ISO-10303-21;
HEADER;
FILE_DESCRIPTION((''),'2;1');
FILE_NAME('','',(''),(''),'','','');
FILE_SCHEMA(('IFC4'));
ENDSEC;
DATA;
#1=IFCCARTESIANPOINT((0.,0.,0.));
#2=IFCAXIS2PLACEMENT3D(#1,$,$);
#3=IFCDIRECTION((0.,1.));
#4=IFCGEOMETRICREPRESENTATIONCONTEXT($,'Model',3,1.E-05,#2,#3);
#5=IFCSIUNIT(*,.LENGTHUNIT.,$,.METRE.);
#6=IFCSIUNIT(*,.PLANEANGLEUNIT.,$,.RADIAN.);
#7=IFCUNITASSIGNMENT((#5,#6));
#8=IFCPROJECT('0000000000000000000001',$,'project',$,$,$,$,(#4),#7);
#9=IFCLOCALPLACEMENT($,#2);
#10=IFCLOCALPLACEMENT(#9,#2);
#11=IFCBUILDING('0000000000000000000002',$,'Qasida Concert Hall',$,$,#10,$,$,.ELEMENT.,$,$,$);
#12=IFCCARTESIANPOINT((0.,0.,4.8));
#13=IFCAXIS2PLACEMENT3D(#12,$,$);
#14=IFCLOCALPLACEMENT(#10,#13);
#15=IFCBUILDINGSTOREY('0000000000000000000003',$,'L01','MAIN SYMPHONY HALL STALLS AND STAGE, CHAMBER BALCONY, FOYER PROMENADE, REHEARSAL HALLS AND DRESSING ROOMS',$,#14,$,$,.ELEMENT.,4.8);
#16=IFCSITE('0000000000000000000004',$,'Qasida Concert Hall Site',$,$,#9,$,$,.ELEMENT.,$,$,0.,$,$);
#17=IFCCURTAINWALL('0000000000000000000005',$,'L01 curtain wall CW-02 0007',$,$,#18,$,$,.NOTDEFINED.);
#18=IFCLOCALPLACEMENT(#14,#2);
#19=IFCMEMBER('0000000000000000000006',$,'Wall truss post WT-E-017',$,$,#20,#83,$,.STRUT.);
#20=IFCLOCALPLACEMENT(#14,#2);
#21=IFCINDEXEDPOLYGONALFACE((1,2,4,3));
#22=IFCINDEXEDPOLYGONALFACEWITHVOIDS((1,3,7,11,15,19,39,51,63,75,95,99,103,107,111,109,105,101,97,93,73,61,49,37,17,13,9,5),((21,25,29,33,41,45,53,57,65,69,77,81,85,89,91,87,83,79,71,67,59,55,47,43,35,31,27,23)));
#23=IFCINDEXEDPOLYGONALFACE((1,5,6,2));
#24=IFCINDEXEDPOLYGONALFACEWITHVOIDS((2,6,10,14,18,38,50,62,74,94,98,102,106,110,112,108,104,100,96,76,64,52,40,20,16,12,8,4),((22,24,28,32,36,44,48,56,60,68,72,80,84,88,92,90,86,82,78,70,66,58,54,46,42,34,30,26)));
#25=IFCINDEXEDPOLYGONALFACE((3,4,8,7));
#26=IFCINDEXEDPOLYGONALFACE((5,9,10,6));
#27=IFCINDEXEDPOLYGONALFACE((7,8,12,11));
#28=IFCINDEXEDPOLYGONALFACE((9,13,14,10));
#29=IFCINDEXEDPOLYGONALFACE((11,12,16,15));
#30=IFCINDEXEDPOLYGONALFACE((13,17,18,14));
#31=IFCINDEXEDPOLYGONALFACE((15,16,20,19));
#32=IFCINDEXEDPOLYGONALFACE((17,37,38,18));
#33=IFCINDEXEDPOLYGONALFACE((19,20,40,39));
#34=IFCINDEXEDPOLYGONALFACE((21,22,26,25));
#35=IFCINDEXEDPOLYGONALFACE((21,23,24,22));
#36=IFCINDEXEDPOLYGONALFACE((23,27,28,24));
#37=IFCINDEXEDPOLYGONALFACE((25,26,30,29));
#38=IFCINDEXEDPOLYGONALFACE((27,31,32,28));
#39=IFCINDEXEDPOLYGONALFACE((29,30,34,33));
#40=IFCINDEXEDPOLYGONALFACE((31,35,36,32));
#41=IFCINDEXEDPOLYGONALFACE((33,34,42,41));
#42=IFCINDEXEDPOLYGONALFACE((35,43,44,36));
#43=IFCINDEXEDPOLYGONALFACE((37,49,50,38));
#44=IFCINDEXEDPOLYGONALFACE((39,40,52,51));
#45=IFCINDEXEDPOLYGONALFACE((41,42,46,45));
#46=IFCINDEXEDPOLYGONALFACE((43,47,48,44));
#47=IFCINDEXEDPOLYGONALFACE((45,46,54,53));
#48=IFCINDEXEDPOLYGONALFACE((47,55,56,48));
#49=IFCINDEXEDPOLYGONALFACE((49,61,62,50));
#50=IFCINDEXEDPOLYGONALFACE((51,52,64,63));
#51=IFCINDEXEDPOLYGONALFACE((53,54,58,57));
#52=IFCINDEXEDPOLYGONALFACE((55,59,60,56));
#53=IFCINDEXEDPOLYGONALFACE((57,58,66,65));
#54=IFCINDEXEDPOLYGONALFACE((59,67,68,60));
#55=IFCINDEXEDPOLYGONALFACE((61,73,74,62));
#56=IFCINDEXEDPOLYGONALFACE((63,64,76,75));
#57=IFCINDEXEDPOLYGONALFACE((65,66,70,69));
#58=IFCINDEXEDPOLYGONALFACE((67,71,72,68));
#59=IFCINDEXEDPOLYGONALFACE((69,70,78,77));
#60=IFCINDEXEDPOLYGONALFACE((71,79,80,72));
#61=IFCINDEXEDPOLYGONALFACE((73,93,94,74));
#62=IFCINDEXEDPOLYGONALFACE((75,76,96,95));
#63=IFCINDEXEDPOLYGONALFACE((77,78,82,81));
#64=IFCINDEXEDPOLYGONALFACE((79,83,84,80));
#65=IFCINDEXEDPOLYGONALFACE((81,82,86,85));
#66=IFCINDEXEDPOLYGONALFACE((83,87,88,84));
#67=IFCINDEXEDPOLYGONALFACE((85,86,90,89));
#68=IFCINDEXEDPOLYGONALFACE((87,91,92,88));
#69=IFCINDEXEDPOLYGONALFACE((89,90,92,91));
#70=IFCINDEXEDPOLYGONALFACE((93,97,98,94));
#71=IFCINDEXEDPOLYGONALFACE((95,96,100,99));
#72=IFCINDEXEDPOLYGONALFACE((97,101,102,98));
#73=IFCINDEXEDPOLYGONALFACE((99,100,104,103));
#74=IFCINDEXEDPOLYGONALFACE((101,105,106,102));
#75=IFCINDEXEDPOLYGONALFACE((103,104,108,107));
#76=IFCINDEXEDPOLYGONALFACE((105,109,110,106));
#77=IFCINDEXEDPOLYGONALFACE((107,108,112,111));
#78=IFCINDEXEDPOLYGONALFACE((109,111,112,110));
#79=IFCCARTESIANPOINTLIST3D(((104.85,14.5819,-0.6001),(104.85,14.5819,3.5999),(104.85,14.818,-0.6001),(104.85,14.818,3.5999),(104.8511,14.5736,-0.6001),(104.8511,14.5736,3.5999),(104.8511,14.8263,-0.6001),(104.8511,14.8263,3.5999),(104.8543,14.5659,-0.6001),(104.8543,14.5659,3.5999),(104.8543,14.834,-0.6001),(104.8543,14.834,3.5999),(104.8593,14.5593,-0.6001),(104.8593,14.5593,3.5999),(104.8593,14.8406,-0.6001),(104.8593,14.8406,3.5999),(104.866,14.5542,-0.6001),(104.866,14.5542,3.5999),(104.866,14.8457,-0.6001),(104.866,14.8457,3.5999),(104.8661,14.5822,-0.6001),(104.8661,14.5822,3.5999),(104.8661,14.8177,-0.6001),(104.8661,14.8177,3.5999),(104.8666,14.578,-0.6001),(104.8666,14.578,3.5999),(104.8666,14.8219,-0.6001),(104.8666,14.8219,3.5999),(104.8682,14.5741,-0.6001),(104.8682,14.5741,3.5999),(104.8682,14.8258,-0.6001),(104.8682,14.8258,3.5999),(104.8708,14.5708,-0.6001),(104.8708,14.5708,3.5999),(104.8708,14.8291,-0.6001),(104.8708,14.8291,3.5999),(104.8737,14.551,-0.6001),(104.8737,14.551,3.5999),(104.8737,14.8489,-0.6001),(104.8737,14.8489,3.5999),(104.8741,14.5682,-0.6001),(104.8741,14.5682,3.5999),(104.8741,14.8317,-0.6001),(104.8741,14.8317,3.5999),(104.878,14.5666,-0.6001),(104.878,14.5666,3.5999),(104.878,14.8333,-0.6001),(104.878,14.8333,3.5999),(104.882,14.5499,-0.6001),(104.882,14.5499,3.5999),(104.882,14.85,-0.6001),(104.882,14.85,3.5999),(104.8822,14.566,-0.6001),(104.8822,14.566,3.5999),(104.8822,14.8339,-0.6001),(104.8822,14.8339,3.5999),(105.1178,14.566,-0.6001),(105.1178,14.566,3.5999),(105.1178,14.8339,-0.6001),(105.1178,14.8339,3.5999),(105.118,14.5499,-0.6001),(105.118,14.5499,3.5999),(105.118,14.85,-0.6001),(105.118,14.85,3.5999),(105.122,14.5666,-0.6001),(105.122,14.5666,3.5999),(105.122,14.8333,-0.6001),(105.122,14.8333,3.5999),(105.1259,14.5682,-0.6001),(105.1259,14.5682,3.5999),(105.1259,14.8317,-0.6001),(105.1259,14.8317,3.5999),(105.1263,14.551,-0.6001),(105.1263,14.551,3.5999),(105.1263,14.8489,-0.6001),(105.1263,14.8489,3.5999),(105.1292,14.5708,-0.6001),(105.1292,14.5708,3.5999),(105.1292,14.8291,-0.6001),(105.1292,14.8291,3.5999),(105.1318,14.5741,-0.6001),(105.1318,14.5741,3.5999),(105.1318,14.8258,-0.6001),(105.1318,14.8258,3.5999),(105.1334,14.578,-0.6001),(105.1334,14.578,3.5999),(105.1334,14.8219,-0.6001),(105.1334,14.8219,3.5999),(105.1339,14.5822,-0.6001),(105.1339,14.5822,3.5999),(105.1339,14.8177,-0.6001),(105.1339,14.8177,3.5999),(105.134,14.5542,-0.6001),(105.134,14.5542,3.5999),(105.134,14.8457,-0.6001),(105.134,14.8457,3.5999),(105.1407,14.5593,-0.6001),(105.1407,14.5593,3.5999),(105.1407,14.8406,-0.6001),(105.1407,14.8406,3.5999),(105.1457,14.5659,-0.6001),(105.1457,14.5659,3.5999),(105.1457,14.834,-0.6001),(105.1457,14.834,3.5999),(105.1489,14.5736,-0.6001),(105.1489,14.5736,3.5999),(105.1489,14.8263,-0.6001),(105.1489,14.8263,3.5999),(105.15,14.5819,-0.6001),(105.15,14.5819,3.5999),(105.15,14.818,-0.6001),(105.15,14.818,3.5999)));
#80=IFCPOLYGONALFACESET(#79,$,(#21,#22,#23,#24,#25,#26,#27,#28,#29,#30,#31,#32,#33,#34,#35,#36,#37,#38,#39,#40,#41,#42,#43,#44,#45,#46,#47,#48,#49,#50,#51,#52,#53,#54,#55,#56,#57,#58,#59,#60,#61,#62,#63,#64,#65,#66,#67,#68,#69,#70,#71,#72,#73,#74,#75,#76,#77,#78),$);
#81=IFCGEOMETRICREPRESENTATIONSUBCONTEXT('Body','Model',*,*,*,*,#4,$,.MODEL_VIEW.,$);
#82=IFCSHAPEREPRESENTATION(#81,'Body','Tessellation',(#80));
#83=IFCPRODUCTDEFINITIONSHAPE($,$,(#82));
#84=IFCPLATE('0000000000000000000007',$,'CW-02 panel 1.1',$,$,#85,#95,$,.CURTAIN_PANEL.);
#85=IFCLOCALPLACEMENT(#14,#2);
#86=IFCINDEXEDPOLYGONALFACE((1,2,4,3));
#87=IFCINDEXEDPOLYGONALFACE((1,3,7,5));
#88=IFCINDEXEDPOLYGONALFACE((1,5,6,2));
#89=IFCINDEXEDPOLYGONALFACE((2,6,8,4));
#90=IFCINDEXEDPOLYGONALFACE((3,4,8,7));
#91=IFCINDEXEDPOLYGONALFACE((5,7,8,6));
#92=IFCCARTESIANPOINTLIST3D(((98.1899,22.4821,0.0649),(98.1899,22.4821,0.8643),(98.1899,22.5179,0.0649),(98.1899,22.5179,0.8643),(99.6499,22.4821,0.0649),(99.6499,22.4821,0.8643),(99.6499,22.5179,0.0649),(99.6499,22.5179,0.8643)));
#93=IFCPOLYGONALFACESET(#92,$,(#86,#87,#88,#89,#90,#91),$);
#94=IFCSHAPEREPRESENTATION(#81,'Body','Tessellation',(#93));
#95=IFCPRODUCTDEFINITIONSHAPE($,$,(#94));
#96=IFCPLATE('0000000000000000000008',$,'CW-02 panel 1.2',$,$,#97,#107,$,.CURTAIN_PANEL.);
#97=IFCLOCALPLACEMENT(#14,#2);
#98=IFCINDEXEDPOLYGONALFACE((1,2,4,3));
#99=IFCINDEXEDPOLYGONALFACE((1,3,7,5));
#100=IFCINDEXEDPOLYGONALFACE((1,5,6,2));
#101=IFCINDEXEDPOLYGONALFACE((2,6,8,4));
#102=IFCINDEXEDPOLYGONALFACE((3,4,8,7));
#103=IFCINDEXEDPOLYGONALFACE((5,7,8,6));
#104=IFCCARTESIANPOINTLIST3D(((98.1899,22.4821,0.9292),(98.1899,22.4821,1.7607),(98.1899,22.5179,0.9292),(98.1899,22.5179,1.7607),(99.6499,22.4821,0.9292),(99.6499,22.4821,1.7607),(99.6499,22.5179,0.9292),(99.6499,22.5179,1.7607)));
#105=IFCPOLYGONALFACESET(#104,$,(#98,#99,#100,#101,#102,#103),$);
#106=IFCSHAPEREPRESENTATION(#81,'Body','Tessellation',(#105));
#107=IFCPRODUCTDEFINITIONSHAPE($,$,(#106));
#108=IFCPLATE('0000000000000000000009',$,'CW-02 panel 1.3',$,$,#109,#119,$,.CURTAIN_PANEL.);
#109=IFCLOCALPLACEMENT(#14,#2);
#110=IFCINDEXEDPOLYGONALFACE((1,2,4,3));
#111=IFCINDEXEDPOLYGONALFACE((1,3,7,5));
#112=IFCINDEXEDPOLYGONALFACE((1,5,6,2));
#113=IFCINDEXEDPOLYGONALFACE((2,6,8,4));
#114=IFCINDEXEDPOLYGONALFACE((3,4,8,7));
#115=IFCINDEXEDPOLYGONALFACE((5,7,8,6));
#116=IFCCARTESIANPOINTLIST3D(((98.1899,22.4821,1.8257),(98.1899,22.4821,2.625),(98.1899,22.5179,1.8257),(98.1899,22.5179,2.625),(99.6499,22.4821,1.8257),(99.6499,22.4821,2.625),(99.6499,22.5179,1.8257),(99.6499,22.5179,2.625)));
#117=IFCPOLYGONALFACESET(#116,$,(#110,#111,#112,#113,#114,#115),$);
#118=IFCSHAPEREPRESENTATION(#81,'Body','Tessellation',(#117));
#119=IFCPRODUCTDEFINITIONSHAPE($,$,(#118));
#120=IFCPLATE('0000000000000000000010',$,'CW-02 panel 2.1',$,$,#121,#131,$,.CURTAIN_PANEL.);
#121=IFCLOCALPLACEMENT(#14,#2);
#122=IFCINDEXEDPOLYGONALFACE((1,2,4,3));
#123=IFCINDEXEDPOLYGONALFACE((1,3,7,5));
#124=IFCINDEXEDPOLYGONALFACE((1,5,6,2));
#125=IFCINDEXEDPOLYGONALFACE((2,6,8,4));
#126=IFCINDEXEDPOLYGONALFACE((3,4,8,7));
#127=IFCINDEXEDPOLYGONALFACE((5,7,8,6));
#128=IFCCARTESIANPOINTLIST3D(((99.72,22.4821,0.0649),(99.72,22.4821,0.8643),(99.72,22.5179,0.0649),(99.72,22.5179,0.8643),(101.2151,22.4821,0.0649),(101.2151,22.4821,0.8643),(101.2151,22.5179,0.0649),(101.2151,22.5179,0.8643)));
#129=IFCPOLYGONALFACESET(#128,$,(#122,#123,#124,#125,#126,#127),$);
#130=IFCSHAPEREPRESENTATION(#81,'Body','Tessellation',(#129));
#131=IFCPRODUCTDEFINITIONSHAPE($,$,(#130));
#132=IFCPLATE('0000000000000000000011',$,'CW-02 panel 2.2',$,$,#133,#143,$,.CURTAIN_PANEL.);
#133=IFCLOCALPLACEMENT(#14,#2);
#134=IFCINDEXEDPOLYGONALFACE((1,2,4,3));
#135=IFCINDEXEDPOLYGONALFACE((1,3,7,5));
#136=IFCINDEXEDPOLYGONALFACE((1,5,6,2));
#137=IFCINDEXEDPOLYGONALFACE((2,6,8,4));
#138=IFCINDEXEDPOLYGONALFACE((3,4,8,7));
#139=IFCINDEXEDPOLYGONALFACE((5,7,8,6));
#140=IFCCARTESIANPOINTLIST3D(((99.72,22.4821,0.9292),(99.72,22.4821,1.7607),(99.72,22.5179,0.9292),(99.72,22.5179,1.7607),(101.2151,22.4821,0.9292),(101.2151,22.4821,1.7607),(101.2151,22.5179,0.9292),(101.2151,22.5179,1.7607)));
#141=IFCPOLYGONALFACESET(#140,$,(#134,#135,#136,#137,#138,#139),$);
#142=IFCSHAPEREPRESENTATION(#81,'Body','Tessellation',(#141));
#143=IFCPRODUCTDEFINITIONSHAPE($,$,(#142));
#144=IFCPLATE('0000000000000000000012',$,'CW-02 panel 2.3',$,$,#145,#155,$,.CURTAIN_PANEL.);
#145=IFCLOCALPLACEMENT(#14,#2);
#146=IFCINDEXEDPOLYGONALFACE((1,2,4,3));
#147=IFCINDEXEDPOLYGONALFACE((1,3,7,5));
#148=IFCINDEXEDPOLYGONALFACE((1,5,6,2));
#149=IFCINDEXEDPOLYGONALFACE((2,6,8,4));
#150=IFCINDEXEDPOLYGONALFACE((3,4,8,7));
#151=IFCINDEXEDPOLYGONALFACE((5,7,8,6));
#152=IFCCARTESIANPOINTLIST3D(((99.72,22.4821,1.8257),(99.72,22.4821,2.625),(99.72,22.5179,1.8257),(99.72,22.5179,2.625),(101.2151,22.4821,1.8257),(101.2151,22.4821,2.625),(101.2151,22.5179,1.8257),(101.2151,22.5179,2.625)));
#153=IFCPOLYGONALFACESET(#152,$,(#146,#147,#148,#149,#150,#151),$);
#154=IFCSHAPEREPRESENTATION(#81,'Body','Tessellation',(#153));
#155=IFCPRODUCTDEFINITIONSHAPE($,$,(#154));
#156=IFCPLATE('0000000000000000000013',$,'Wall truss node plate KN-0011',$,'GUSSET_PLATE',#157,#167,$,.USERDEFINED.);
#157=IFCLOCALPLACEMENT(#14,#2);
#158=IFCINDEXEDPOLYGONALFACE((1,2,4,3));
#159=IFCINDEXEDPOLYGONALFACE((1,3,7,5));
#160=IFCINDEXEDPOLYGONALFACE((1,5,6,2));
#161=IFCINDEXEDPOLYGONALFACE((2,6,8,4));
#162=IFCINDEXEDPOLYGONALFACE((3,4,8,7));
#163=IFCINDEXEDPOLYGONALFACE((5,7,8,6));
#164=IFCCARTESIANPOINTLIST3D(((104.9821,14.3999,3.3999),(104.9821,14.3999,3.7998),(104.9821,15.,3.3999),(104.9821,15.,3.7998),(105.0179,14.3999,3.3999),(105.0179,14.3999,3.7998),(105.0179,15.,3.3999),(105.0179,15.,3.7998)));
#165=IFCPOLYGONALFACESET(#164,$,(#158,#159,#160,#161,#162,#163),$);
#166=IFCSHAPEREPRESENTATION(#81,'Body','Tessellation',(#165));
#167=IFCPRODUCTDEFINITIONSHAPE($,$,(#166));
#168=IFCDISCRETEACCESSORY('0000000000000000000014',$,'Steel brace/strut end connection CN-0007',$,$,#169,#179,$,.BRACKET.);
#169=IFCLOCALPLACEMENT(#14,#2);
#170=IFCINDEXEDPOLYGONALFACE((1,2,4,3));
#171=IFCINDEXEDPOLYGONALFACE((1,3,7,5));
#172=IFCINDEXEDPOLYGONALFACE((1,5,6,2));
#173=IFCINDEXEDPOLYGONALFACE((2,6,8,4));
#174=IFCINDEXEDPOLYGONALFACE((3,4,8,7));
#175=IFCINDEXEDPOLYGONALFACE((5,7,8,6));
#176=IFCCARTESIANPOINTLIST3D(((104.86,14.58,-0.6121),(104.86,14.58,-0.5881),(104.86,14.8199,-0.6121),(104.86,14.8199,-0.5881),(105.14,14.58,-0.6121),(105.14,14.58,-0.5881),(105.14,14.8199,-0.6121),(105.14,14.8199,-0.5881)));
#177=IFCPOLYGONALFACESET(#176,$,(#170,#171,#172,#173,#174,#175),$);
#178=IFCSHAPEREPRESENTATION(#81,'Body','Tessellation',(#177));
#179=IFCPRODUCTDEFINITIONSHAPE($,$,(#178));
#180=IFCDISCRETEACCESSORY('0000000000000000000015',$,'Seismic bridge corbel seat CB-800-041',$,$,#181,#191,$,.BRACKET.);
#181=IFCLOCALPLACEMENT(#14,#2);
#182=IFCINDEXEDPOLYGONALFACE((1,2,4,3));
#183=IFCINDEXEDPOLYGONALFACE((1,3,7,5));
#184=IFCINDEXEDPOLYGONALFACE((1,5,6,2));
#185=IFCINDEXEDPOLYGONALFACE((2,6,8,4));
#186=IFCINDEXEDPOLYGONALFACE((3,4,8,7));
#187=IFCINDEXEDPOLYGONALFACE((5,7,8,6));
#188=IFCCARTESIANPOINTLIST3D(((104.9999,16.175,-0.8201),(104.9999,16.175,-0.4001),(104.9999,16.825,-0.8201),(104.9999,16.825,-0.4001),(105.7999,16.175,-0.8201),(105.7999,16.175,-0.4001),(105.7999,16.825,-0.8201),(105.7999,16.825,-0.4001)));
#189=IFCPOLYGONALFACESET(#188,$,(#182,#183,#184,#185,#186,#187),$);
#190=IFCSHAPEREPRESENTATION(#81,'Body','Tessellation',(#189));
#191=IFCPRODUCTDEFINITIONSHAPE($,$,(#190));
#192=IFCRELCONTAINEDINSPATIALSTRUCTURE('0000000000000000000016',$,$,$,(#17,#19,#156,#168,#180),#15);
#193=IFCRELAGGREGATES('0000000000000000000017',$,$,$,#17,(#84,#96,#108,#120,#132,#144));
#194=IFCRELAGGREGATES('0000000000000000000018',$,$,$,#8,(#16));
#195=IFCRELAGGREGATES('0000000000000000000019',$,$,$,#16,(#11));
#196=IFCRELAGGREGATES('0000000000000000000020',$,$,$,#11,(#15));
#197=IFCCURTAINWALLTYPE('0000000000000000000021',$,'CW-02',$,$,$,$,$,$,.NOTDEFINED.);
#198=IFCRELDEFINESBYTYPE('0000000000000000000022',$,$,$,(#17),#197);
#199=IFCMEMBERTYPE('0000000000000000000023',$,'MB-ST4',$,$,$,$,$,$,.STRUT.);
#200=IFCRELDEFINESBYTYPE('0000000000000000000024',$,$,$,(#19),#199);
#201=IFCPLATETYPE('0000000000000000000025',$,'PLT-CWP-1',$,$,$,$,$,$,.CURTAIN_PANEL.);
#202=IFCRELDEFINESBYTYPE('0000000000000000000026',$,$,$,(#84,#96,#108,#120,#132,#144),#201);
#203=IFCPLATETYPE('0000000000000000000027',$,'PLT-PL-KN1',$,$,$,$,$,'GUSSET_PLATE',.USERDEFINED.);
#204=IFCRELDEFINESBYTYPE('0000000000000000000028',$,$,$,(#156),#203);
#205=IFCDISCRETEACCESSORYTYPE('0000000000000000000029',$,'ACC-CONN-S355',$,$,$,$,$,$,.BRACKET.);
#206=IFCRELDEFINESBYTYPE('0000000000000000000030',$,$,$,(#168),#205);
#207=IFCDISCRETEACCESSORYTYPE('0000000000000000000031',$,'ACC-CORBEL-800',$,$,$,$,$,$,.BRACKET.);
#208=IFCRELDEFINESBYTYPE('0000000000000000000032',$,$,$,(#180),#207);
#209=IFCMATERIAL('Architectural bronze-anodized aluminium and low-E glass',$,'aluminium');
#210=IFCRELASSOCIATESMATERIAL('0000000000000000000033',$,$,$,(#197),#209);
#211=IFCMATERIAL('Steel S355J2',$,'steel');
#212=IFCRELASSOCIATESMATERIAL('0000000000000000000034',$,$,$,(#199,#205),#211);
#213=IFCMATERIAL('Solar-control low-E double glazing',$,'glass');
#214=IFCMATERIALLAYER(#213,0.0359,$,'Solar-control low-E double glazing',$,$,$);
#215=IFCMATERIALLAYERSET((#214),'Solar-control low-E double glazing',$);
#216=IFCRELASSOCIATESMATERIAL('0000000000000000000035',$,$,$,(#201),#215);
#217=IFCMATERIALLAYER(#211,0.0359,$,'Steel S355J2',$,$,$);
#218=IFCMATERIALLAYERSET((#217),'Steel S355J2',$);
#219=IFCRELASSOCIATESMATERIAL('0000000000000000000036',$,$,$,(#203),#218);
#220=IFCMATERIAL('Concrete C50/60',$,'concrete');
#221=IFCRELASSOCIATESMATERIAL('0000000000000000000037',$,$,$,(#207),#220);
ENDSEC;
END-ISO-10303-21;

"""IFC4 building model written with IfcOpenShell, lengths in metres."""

from ifc_helpers import new_model, si_unit, direction, frame, origin, origin_2d, place, context, subcontext, project, spatial, rectangle, hollow_rectangle, extrude, material, layer, layer_set, material_profile, profile_set, type_object, element, aggregate, save


model = new_model("IFC4")

# Units and contexts
model_context = context("Model", 3, precision=1e-05, world=origin(), true_north=direction((0.0, 1.0)))
body_context = subcontext(model_context, "Body", "Model", "MODEL_VIEW")
ifc_project = project(units=[si_unit("LENGTHUNIT", "METRE"), si_unit("PLANEANGLEUNIT", "RADIAN")], contexts=[model_context])

# Site, building, storey
site_placement = place(None, origin())
site = spatial("IfcSite", under=ifc_project, at=site_placement, Name="Qasida Concert Hall Site", CompositionType="ELEMENT", RefElevation=0.0)
building_placement = place(site_placement, origin())
building = spatial("IfcBuilding", under=site, at=building_placement, Name="Qasida Concert Hall", CompositionType="ELEMENT")
storey_placement = place(building_placement, frame((0.0, 0.0, 4.8)))
storey = spatial("IfcBuildingStorey", under=building, at=storey_placement, Name="L01", Description="MAIN SYMPHONY HALL STALLS AND STAGE, CHAMBER BALCONY, FOYER PROMENADE, REHEARSAL HALLS AND DRESSING ROOMS", CompositionType="ELEMENT", Elevation=4.8)

# Curtain wall
ifc_material_1 = material(Name="Architectural bronze-anodized aluminium and low-E glass", Category="aluminium")
curtain_wall_type = type_object("IfcCurtainWallType", Name="CW-02", PredefinedType="NOTDEFINED", material=ifc_material_1)
curtain_wall_placement = place(storey_placement, origin())
curtain_wall = element("IfcCurtainWall", 1, at=curtain_wall_placement, inside=storey, type_object=curtain_wall_type, Name="L01 curtain wall CW-02 0007", PredefinedType="NOTDEFINED")

# Member
ifc_material_2 = material(Name="Steel S355J2", Category="steel")
ifc_material_profile_1 = material_profile(ifc_material_2, hollow_rectangle(XDim=0.3, YDim=0.3, WallThickness=0.0161, InnerFilletRadius=0.0161, OuterFilletRadius=0.032, at=origin_2d()), Name="SHS 300x300x16")
ifc_profile_set_1 = profile_set([ifc_material_profile_1], Name="Steel S355J2")
member_type_1 = type_object("IfcMemberType", Name="MB-ST4", PredefinedType="STRUT", material=ifc_profile_set_1)
member_1_placement = place(storey_placement, frame((105.0, 14.7, -0.6001), z_axis=(0.0, 0.0, 1.0), x_axis=(1.0, 0.0, 0.0)))
element("IfcMember", 2, at=member_1_placement, inside=storey, type_object=member_type_1, Name="Wall truss post WT-E-017", PredefinedType="STRUT", context=body_context, shape_type="SweptSolid", body=[
    extrude(hollow_rectangle(XDim=0.3, YDim=0.3, WallThickness=0.0161, InnerFilletRadius=0.0161, OuterFilletRadius=0.032, at=origin_2d()), origin(), (0.0, 0.0, 1.0), 4.2),
])

# Plates
ifc_material_3 = material(Name="Solar-control low-E double glazing", Category="glass")
ifc_layer_1 = layer(ifc_material_3, 0.0359, Name="Solar-control low-E double glazing")
ifc_layer_set_1 = layer_set([ifc_layer_1], Name="Solar-control low-E double glazing")
plate_type_1 = type_object("IfcPlateType", Name="PLT-CWP-1", PredefinedType="CURTAIN_PANEL", material=ifc_layer_set_1)
plate_1_placement = place(storey_placement, frame((98.9199, 22.5, 0.0649), z_axis=(0.0, 0.0, 1.0), x_axis=(1.0, 0.0, 0.0)))
plate_1 = element("IfcPlate", 3, at=plate_1_placement, type_object=plate_type_1, Name="CW-02 panel 1.1", PredefinedType="CURTAIN_PANEL", context=body_context, shape_type="SweptSolid", body=[
    extrude(rectangle(XDim=1.46, YDim=0.0359, at=origin_2d()), origin(), (0.0, 0.0, 1.0), 0.7993),
])
plate_2_placement = place(storey_placement, frame((98.9199, 22.5, 0.9292), z_axis=(0.0, 0.0, 1.0), x_axis=(1.0, 0.0, 0.0)))
plate_2 = element("IfcPlate", 4, at=plate_2_placement, type_object=plate_type_1, Name="CW-02 panel 1.2", PredefinedType="CURTAIN_PANEL", context=body_context, shape_type="SweptSolid", body=[
    extrude(rectangle(XDim=1.46, YDim=0.0359, at=origin_2d()), origin(), (0.0, 0.0, 1.0), 0.8315),
])
plate_3_placement = place(storey_placement, frame((98.9199, 22.5, 1.8257), z_axis=(0.0, 0.0, 1.0), x_axis=(1.0, 0.0, 0.0)))
plate_3 = element("IfcPlate", 5, at=plate_3_placement, type_object=plate_type_1, Name="CW-02 panel 1.3", PredefinedType="CURTAIN_PANEL", context=body_context, shape_type="SweptSolid", body=[
    extrude(rectangle(XDim=1.46, YDim=0.0359, at=origin_2d()), origin(), (0.0, 0.0, 1.0), 0.7993),
])
plate_4_placement = place(storey_placement, frame((100.4675, 22.5, 0.0649), z_axis=(0.0, 0.0, 1.0), x_axis=(1.0, 0.0, 0.0)))
plate_4 = element("IfcPlate", 6, at=plate_4_placement, type_object=plate_type_1, Name="CW-02 panel 2.1", PredefinedType="CURTAIN_PANEL", context=body_context, shape_type="SweptSolid", body=[
    extrude(rectangle(XDim=1.4951, YDim=0.0359, at=origin_2d()), origin(), (0.0, 0.0, 1.0), 0.7993),
])
plate_5_placement = place(storey_placement, frame((100.4675, 22.5, 0.9292), z_axis=(0.0, 0.0, 1.0), x_axis=(1.0, 0.0, 0.0)))
plate_5 = element("IfcPlate", 7, at=plate_5_placement, type_object=plate_type_1, Name="CW-02 panel 2.2", PredefinedType="CURTAIN_PANEL", context=body_context, shape_type="SweptSolid", body=[
    extrude(rectangle(XDim=1.4951, YDim=0.0359, at=origin_2d()), origin(), (0.0, 0.0, 1.0), 0.8315),
])
plate_6_placement = place(storey_placement, frame((100.4675, 22.5, 1.8257), z_axis=(0.0, 0.0, 1.0), x_axis=(1.0, 0.0, 0.0)))
plate_6 = element("IfcPlate", 8, at=plate_6_placement, type_object=plate_type_1, Name="CW-02 panel 2.3", PredefinedType="CURTAIN_PANEL", context=body_context, shape_type="SweptSolid", body=[
    extrude(rectangle(XDim=1.4951, YDim=0.0359, at=origin_2d()), origin(), (0.0, 0.0, 1.0), 0.7993),
])
aggregate(curtain_wall, [plate_1, plate_2, plate_3, plate_4, plate_5, plate_6])
ifc_layer_2 = layer(ifc_material_2, 0.0359, Name="Steel S355J2")
ifc_layer_set_2 = layer_set([ifc_layer_2], Name="Steel S355J2")
plate_type_2 = type_object("IfcPlateType", Name="PLT-PL-KN1", ElementType="GUSSET_PLATE", PredefinedType="USERDEFINED", material=ifc_layer_set_2)
plate_7_placement = place(storey_placement, frame((105.0, 14.7, 3.3999), z_axis=(0.0, 0.0, 1.0), x_axis=(1.0, 0.0, 0.0)))
element("IfcPlate", 9, at=plate_7_placement, inside=storey, type_object=plate_type_2, Name="Wall truss node plate KN-0011", ObjectType="GUSSET_PLATE", PredefinedType="USERDEFINED", context=body_context, shape_type="SweptSolid", body=[
    extrude(rectangle(XDim=0.0359, YDim=0.6001, at=origin_2d()), origin(), (0.0, 0.0, 1.0), 0.3999),
])

# Discrete accessories
discrete_accessory_type_1 = type_object("IfcDiscreteAccessoryType", Name="ACC-CONN-S355", PredefinedType="BRACKET", material=ifc_material_2)
discrete_accessory_placement = place(storey_placement, frame((105.0, 14.7, -0.6121), z_axis=(0.0, 0.0, 1.0), x_axis=(1.0, 0.0, 0.0)))
element("IfcDiscreteAccessory", 10, at=discrete_accessory_placement, inside=storey, type_object=discrete_accessory_type_1, Name="Steel brace/strut end connection CN-0007", PredefinedType="BRACKET", context=body_context, shape_type="SweptSolid", body=[
    extrude(rectangle(XDim=0.28, YDim=0.24, at=origin_2d()), origin(), (0.0, 0.0, 1.0), 0.0239),
])
ifc_material_4 = material(Name="Concrete C50/60", Category="concrete")
discrete_accessory_type_2 = type_object("IfcDiscreteAccessoryType", Name="ACC-CORBEL-800", PredefinedType="BRACKET", material=ifc_material_4)
for number, where, z_axis, x_axis, name in (
    (11, (105.3999, 16.5, -0.8201), (0.0, 0.0, 1.0), (1.0, 0.0, 0.0), "Seismic bridge corbel seat CB-800-041"),
):
    element("IfcDiscreteAccessory", number, at=place(storey_placement, frame(where, z_axis=z_axis, x_axis=x_axis)), inside=storey, type_object=discrete_accessory_type_2, Name=name, PredefinedType="BRACKET", context=body_context, shape_type="SweptSolid", body=[
        extrude(rectangle(XDim=0.8, YDim=0.6499, at=origin_2d()), origin(), (0.0, 0.0, 1.0), 0.4199),
    ])

save(model, "model.ifc")
